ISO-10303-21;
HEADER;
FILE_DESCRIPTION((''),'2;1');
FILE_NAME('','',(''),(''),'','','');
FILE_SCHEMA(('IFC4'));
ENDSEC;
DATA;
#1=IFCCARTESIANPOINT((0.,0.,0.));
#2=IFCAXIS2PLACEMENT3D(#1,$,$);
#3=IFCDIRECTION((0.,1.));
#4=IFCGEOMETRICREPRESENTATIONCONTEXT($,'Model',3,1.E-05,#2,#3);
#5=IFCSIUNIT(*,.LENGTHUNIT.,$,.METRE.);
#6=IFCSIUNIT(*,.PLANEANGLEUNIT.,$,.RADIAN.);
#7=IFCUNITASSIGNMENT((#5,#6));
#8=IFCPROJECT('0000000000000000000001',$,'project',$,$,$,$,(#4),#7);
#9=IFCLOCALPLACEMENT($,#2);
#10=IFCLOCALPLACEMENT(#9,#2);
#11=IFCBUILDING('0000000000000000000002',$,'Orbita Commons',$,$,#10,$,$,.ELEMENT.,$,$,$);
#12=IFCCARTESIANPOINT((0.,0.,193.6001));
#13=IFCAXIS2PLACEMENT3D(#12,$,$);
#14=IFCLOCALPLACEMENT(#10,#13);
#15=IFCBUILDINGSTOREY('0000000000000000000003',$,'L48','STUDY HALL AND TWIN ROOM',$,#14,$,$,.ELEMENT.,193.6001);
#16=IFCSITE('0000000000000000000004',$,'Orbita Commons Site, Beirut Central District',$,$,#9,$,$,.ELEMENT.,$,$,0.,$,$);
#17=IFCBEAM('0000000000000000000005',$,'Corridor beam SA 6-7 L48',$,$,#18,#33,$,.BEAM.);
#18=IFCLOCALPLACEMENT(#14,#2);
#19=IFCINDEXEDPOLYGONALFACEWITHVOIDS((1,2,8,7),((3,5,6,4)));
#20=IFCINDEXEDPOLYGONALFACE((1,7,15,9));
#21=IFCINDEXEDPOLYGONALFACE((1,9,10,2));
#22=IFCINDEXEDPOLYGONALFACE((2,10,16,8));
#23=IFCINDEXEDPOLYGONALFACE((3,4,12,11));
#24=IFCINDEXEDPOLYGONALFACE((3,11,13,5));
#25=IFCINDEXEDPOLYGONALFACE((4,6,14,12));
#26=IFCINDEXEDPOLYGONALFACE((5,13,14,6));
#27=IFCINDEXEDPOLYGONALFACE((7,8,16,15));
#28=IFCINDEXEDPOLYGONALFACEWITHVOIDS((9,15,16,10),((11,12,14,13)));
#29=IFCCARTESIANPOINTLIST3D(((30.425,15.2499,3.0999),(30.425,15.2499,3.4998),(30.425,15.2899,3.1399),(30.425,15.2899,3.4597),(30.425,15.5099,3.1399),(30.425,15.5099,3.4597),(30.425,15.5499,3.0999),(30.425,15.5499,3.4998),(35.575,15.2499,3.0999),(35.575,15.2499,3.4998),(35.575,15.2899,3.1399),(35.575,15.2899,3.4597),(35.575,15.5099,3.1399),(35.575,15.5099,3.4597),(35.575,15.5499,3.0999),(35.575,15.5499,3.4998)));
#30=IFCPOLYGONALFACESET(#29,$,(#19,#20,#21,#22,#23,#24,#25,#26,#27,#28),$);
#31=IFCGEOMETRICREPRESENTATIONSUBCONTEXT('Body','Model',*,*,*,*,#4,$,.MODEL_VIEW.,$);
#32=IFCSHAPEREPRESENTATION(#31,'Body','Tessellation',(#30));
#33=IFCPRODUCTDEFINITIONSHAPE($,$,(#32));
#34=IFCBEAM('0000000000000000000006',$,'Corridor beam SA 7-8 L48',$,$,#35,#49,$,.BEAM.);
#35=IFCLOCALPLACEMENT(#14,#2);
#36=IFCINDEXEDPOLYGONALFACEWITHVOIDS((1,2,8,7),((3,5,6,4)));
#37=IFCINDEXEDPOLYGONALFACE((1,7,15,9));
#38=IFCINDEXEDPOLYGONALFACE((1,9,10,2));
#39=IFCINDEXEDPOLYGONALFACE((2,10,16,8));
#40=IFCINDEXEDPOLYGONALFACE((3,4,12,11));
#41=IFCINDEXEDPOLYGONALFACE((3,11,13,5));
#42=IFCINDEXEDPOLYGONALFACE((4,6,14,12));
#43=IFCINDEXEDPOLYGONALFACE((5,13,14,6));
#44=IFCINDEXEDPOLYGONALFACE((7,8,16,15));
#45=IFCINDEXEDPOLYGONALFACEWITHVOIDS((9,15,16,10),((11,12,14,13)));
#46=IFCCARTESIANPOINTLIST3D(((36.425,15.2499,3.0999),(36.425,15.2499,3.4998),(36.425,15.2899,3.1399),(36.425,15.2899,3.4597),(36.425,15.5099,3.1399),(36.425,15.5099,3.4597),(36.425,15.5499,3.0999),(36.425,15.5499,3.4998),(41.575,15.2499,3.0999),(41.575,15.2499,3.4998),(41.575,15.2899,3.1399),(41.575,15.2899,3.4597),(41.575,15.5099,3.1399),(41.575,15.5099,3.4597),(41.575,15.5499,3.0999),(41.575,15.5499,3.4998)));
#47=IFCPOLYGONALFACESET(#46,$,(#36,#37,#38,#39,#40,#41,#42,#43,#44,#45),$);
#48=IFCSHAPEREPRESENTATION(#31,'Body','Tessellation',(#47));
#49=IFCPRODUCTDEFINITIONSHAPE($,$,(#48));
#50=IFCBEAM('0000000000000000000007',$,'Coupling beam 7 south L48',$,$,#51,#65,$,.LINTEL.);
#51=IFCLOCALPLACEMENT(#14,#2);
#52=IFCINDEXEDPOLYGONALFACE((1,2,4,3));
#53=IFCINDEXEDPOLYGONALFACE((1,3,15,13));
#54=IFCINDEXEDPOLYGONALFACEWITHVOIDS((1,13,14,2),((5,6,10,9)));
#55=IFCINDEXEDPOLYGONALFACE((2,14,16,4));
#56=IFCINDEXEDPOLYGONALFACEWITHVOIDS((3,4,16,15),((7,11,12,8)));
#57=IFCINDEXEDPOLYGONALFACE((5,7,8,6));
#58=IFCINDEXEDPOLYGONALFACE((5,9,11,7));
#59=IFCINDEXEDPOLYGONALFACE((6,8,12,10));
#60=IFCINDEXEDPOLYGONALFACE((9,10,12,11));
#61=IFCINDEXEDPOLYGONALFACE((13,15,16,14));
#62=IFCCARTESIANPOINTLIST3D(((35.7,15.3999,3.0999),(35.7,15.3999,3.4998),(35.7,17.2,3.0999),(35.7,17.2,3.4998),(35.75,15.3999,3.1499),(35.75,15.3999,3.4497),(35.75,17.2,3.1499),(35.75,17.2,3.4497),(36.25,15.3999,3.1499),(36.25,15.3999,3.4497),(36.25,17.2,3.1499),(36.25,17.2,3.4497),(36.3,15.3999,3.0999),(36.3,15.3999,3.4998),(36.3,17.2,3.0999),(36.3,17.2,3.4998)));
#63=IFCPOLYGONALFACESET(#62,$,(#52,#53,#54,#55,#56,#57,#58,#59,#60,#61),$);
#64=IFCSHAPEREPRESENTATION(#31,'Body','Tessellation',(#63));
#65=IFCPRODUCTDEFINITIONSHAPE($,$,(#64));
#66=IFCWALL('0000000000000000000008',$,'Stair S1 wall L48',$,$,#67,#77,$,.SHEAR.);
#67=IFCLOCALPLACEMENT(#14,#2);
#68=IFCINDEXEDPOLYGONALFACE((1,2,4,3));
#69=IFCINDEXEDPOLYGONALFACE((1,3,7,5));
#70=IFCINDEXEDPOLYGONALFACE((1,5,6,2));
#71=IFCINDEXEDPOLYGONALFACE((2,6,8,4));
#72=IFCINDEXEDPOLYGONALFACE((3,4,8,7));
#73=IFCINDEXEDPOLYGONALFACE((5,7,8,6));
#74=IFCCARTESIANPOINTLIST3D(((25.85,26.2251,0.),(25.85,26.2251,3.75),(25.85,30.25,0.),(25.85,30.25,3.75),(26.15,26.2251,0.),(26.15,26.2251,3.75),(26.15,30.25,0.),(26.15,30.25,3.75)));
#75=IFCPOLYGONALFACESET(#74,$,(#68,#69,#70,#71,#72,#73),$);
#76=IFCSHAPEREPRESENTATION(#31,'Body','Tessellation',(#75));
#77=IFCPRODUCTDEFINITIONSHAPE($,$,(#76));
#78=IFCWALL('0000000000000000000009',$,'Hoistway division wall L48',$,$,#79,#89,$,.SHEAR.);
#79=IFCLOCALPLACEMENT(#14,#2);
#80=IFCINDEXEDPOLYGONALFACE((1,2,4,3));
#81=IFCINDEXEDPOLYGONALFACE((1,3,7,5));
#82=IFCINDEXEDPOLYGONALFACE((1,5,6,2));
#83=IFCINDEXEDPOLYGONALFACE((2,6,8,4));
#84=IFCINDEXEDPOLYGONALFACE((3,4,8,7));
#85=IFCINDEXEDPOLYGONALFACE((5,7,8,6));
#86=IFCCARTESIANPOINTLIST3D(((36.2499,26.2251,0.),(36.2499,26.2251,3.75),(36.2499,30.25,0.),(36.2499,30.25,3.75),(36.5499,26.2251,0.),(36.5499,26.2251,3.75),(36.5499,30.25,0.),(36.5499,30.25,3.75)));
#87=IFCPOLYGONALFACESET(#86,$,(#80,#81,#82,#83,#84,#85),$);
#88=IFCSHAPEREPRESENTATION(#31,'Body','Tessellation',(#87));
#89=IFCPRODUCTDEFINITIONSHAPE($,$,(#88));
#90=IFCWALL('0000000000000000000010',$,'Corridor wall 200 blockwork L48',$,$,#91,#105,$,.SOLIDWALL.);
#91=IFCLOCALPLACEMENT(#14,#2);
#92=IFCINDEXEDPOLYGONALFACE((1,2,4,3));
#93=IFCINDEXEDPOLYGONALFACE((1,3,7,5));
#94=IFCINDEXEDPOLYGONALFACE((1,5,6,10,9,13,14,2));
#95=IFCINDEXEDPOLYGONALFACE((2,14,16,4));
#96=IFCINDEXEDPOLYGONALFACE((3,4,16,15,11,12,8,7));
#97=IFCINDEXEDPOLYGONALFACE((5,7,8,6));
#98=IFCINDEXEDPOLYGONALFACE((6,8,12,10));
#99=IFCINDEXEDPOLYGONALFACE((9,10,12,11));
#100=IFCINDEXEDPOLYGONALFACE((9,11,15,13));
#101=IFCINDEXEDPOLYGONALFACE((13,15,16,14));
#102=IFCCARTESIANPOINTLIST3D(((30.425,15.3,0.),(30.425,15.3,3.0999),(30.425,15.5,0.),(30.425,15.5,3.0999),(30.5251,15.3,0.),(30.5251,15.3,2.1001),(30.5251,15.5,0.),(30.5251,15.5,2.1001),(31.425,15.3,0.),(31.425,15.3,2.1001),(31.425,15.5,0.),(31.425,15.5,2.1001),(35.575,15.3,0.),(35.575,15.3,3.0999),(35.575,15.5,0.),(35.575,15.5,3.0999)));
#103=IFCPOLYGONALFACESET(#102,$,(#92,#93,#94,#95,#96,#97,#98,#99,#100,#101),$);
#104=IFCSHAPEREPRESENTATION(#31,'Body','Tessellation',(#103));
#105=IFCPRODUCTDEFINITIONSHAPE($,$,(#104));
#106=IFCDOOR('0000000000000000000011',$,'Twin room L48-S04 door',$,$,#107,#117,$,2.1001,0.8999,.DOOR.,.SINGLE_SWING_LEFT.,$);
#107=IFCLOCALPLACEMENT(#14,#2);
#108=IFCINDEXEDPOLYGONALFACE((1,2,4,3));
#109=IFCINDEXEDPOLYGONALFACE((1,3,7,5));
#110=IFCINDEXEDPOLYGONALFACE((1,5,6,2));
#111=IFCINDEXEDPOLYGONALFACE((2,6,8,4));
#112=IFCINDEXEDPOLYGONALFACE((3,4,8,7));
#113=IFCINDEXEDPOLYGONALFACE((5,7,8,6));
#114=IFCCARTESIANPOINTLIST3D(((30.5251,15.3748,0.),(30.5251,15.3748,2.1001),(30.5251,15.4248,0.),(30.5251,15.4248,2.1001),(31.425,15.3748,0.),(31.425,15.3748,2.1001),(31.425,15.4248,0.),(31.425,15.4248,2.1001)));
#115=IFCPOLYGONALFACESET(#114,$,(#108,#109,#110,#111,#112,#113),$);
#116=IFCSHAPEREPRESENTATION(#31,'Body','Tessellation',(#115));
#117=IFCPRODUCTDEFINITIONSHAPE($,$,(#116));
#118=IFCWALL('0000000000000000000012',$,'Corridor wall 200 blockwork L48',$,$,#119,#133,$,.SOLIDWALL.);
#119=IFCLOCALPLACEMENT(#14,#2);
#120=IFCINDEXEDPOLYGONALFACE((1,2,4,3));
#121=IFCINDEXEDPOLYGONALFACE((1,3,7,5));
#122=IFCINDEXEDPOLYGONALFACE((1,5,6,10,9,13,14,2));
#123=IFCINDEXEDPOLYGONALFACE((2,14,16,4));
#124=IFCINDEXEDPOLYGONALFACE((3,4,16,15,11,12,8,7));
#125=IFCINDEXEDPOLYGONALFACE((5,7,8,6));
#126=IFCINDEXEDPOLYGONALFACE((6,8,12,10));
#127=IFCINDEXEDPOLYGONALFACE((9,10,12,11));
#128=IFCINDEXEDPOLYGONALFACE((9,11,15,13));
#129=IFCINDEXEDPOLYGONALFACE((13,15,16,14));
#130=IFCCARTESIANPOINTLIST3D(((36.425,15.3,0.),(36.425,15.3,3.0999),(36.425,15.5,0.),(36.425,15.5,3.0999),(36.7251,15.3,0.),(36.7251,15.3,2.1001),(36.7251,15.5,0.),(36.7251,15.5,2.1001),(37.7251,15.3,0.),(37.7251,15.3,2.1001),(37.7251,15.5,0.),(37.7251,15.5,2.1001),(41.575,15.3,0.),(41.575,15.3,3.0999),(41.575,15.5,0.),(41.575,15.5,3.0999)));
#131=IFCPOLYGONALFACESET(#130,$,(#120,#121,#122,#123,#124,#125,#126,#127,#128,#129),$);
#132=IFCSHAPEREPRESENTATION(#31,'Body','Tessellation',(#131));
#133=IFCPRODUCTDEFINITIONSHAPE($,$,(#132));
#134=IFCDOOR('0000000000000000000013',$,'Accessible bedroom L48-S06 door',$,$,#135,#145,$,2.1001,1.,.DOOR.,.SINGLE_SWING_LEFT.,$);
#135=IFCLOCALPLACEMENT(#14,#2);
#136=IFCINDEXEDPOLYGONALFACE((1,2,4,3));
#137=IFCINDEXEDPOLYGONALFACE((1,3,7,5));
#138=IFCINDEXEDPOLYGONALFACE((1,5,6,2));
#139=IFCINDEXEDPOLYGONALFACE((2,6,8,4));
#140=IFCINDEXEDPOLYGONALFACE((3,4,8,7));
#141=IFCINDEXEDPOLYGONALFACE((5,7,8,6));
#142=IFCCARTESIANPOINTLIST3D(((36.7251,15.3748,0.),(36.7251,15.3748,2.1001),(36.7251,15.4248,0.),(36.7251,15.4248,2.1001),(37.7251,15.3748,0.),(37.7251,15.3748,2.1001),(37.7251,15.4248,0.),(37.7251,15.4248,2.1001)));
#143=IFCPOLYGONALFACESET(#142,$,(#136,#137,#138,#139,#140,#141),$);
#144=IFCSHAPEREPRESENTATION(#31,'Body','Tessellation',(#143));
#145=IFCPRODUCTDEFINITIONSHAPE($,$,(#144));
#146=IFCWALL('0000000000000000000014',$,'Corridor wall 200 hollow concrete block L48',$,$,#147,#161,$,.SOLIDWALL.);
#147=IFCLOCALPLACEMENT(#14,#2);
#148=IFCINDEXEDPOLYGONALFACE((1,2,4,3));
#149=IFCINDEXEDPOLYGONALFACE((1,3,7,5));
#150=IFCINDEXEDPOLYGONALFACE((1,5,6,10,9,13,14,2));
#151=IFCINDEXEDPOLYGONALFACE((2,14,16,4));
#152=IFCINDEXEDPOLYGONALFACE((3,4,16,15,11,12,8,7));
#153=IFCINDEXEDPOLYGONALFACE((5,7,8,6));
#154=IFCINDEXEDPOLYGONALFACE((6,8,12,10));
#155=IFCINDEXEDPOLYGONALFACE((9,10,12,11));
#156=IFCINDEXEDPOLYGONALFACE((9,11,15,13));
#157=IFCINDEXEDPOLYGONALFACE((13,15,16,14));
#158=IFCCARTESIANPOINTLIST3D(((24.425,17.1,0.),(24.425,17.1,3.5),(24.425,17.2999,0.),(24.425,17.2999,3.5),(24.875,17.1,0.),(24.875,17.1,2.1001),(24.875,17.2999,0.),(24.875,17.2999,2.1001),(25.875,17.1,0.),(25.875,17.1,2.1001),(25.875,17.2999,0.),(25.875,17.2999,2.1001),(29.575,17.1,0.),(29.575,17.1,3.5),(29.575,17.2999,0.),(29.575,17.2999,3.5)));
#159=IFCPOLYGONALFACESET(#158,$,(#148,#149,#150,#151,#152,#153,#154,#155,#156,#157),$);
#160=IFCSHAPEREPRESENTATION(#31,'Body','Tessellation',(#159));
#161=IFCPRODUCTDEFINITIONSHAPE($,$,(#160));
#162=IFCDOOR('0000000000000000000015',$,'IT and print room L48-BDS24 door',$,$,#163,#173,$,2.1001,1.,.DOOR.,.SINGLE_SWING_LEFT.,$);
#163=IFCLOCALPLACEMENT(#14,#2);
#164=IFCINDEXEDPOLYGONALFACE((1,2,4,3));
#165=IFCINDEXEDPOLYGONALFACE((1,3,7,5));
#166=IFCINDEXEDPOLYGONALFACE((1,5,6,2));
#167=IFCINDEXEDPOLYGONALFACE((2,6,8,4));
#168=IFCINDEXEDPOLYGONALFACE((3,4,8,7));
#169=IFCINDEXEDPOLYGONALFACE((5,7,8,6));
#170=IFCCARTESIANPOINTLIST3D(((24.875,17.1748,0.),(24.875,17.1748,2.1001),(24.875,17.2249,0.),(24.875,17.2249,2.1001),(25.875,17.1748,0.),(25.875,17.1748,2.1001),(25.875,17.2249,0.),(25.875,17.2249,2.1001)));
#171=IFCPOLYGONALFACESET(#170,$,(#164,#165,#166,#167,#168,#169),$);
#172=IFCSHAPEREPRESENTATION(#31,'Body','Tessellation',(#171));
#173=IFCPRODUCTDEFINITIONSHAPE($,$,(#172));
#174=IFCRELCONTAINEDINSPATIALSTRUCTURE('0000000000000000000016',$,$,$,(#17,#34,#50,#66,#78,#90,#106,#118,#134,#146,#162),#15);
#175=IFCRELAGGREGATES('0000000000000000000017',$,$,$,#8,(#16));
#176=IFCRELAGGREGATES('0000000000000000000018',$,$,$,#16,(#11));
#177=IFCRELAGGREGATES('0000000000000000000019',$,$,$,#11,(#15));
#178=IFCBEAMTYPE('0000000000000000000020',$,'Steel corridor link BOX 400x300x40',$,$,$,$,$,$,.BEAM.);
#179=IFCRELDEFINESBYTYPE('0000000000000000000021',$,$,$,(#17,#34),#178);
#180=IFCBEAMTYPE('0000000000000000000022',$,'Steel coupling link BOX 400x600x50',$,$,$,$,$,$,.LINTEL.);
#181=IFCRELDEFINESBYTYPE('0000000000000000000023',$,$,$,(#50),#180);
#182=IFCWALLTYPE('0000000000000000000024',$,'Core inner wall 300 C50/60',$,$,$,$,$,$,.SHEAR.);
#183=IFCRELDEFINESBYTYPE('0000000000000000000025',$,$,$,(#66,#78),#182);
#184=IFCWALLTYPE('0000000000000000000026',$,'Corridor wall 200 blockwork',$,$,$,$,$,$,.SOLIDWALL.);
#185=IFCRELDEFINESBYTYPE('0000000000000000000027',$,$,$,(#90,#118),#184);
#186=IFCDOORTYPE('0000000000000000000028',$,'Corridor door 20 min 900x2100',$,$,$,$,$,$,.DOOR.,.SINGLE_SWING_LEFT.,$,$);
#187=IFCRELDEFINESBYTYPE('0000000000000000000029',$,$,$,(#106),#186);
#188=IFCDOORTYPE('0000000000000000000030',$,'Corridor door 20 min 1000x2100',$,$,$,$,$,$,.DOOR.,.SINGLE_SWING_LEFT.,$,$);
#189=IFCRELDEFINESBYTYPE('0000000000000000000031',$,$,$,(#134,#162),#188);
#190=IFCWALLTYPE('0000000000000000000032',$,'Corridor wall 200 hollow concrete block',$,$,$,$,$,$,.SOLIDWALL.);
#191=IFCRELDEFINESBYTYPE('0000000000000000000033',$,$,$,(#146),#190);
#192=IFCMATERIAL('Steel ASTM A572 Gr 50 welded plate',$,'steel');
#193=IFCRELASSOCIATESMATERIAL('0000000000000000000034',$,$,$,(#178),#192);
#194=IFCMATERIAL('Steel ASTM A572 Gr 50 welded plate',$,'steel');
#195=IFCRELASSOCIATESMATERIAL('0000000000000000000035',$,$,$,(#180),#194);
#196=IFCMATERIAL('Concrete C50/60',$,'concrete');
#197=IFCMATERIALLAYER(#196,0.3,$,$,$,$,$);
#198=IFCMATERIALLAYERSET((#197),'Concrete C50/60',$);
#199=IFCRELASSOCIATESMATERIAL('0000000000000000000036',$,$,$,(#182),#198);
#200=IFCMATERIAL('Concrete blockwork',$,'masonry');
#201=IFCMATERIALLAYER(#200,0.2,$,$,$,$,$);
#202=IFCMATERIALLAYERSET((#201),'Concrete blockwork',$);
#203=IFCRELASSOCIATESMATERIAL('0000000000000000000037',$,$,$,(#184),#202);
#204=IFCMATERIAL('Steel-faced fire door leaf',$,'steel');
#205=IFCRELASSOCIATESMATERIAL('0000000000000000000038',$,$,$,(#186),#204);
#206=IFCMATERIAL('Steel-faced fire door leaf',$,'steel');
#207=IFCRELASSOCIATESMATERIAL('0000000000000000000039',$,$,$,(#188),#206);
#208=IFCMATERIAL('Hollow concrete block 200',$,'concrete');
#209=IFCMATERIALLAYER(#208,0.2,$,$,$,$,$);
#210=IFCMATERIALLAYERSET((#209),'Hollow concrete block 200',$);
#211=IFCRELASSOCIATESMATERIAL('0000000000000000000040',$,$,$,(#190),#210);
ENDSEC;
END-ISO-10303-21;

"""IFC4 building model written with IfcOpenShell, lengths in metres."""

from ifc_helpers import new_model, si_unit, direction, frame, frame_2d, origin, origin_2d, place, context, subcontext, project, spatial, polyline, rectangle, hollow_rectangle, outline, extrude, material, layer, layer_set, material_profile, profile_set, type_object, element, fill, save


model = new_model("IFC4")

# Units and contexts
model_context = context("Model", 3, precision=1e-05, world=origin(), true_north=direction((0.0, 1.0)))
body_context = subcontext(model_context, "Body", "Model", "MODEL_VIEW")
ifc_project = project(units=[si_unit("LENGTHUNIT", "METRE"), si_unit("PLANEANGLEUNIT", "RADIAN")], contexts=[model_context])

# Site, building, storey
site_placement = place(None, origin())
site = spatial("IfcSite", under=ifc_project, at=site_placement, Name="Orbita Commons Site, Beirut Central District", CompositionType="ELEMENT", RefElevation=0.0)
building_placement = place(site_placement, origin())
building = spatial("IfcBuilding", under=site, at=building_placement, Name="Orbita Commons", CompositionType="ELEMENT")
storey_placement = place(building_placement, frame((0.0, 0.0, 193.6001)))
storey = spatial("IfcBuildingStorey", under=building, at=storey_placement, Name="L48", Description="STUDY HALL AND TWIN ROOM", CompositionType="ELEMENT", Elevation=193.6001)

# Beams
ifc_material_1 = material(Name="Steel ASTM A572 Gr 50 welded plate", Category="steel")
ifc_material_profile_1 = material_profile(ifc_material_1, hollow_rectangle(XDim=0.3, YDim=0.3999, WallThickness=0.04, at=origin_2d()), Name="BOX 400x300x40")
ifc_profile_set_1 = profile_set([ifc_material_profile_1], Name="Steel ASTM A572 Gr 50 welded plate")
beam_type_1 = type_object("IfcBeamType", Name="Steel corridor link BOX 400x300x40", PredefinedType="BEAM", material=ifc_profile_set_1)
for number, where, z_axis, x_axis, name in (
    (1, (30.425, 15.3999, 3.2998), (1.0, 0.0, 0.0), (0.0, 1.0, 0.0), "Corridor beam SA 6-7 L48"),
    (2, (36.425, 15.3999, 3.2998), (1.0, 0.0, 0.0), (0.0, 1.0, 0.0), "Corridor beam SA 7-8 L48"),
):
    element("IfcBeam", number, at=place(storey_placement, frame(where, z_axis=z_axis, x_axis=x_axis)), inside=storey, type_object=beam_type_1, Name=name, PredefinedType="BEAM", context=body_context, shape_type="SweptSolid", body=[
        extrude(hollow_rectangle(XDim=0.3, YDim=0.3999, WallThickness=0.04, at=origin_2d()), origin(), (0.0, 0.0, 1.0), 5.1499),
    ])
ifc_material_2 = material(Name="Steel ASTM A572 Gr 50 welded plate", Category="steel")
ifc_material_profile_2 = material_profile(ifc_material_2, hollow_rectangle(XDim=0.6001, YDim=0.3999, WallThickness=0.05, at=origin_2d()), Name="BOX 400x600x50")
ifc_profile_set_2 = profile_set([ifc_material_profile_2], Name="Steel ASTM A572 Gr 50 welded plate")
beam_type_2 = type_object("IfcBeamType", Name="Steel coupling link BOX 400x600x50", PredefinedType="LINTEL", material=ifc_profile_set_2)
beam_placement = place(storey_placement, frame((36.0, 15.3999, 3.2998), z_axis=(0.0, 1.0, 0.0), x_axis=(-1.0, 0.0, 0.0)))
element("IfcBeam", 3, at=beam_placement, inside=storey, type_object=beam_type_2, Name="Coupling beam 7 south L48", PredefinedType="LINTEL", context=body_context, shape_type="SweptSolid", body=[
    extrude(hollow_rectangle(XDim=0.6001, YDim=0.3999, WallThickness=0.05, at=origin_2d()), origin(), (0.0, 0.0, 1.0), 1.8),
])

# Walls
ifc_material_3 = material(Name="Concrete C50/60", Category="concrete")
ifc_layer_1 = layer(ifc_material_3, 0.3)
ifc_layer_set_1 = layer_set([ifc_layer_1], Name="Concrete C50/60")
wall_type_1 = type_object("IfcWallType", Name="Core inner wall 300 C50/60", PredefinedType="SHEAR", material=ifc_layer_set_1)
for number, where, z_axis, x_axis, name in (
    (4, (26.0, 26.2251, 0.0), (0.0, 0.0, 1.0), (0.0, 1.0, 0.0), "Stair S1 wall L48"),
    (5, (36.3999, 26.2251, 0.0), (0.0, 0.0, 1.0), (0.0, 1.0, 0.0), "Hoistway division wall L48"),
):
    element("IfcWall", number, at=place(storey_placement, frame(where, z_axis=z_axis, x_axis=x_axis)), inside=storey, type_object=wall_type_1, Name=name, PredefinedType="SHEAR", context=body_context, shape_type="SweptSolid", body=[
        extrude(rectangle(XDim=4.0249, YDim=0.3, at=frame_2d((2.0125, 0.0))), origin(), (0.0, 0.0, 1.0), 3.75),
    ])

# Walls, openings, doors
ifc_material_4 = material(Name="Concrete blockwork", Category="masonry")
ifc_layer_2 = layer(ifc_material_4, 0.2)
ifc_layer_set_2 = layer_set([ifc_layer_2], Name="Concrete blockwork")
wall_type_2 = type_object("IfcWallType", Name="Corridor wall 200 blockwork", PredefinedType="SOLIDWALL", material=ifc_layer_set_2)
wall_1_placement = place(storey_placement, frame((30.425, 15.3999, 0.0), z_axis=(0.0, 0.0, 1.0), x_axis=(1.0, 0.0, 0.0)))
wall_1 = element("IfcWall", 6, at=wall_1_placement, inside=storey, type_object=wall_type_2, Name="Corridor wall 200 blockwork L48", PredefinedType="SOLIDWALL", context=body_context, shape_type="SweptSolid", body=[
    extrude(outline(polyline([(0.0, 0.0), (5.1499, 0.0), (5.1499, 3.0999), (0.0, 3.0999), (0.0, 0.0)])), frame((0.0, 0.1001, 0.0), z_axis=(0.0, -1.0, 0.0), x_axis=(1.0, 0.0, 0.0)), (0.0, 0.0, 1.0), 0.2),
])
opening_1_placement = place(wall_1_placement, frame((0.1001, 0.0, 0.0)))
opening_1 = element("IfcOpeningElement", 7, at=opening_1_placement, cuts=wall_1, PredefinedType="OPENING", context=body_context, shape_type="SweptSolid", body=[
    extrude(rectangle(XDim=0.8999, YDim=2.1001, at=frame_2d((0.45, 1.05))), frame((0.0, 0.1099, 0.0), z_axis=(0.0, -1.0, 0.0), x_axis=(1.0, 0.0, 0.0)), (0.0, 0.0, 1.0), 0.22),
])
ifc_material_5 = material(Name="Steel-faced fire door leaf", Category="steel")
door_type_1 = type_object("IfcDoorType", Name="Corridor door 20 min 900x2100", OperationType="SINGLE_SWING_LEFT", PredefinedType="DOOR", material=ifc_material_5)
door_1_placement = place(opening_1_placement, origin())
door_1 = element("IfcDoor", 8, at=door_1_placement, inside=storey, type_object=door_type_1, Name="Twin room L48-S04 door", OperationType="SINGLE_SWING_LEFT", OverallHeight=2.1001, OverallWidth=0.8999, PredefinedType="DOOR", context=body_context, shape_type="SweptSolid", body=[
    extrude(rectangle(XDim=0.8999, YDim=2.1001, at=frame_2d((0.45, 1.05))), frame((0.0, 0.0249, 0.0), z_axis=(0.0, -1.0, 0.0), x_axis=(1.0, 0.0, 0.0)), (0.0, 0.0, 1.0), 0.05),
])
fill(opening_1, door_1)
wall_2_placement = place(storey_placement, frame((36.425, 15.3999, 0.0), z_axis=(0.0, 0.0, 1.0), x_axis=(1.0, 0.0, 0.0)))
wall_2 = element("IfcWall", 9, at=wall_2_placement, inside=storey, type_object=wall_type_2, Name="Corridor wall 200 blockwork L48", PredefinedType="SOLIDWALL", context=body_context, shape_type="SweptSolid", body=[
    extrude(outline(polyline([(0.0, 0.0), (5.1499, 0.0), (5.1499, 3.0999), (0.0, 3.0999), (0.0, 0.0)])), frame((0.0, 0.1001, 0.0), z_axis=(0.0, -1.0, 0.0), x_axis=(1.0, 0.0, 0.0)), (0.0, 0.0, 1.0), 0.2),
])
opening_2_placement = place(wall_2_placement, frame((0.3, 0.0, 0.0)))
opening_2 = element("IfcOpeningElement", 10, at=opening_2_placement, cuts=wall_2, PredefinedType="OPENING", context=body_context, shape_type="SweptSolid", body=[
    extrude(rectangle(XDim=1.0, YDim=2.1001, at=frame_2d((0.5, 1.05))), frame((0.0, 0.1099, 0.0), z_axis=(0.0, -1.0, 0.0), x_axis=(1.0, 0.0, 0.0)), (0.0, 0.0, 1.0), 0.22),
])
ifc_material_6 = material(Name="Steel-faced fire door leaf", Category="steel")
door_type_2 = type_object("IfcDoorType", Name="Corridor door 20 min 1000x2100", OperationType="SINGLE_SWING_LEFT", PredefinedType="DOOR", material=ifc_material_6)
door_2_placement = place(opening_2_placement, origin())
door_2 = element("IfcDoor", 11, at=door_2_placement, inside=storey, type_object=door_type_2, Name="Accessible bedroom L48-S06 door", OperationType="SINGLE_SWING_LEFT", OverallHeight=2.1001, OverallWidth=1.0, PredefinedType="DOOR", context=body_context, shape_type="SweptSolid", body=[
    extrude(rectangle(XDim=1.0, YDim=2.1001, at=frame_2d((0.5, 1.05))), frame((0.0, 0.0249, 0.0), z_axis=(0.0, -1.0, 0.0), x_axis=(1.0, 0.0, 0.0)), (0.0, 0.0, 1.0), 0.05),
])
fill(opening_2, door_2)
ifc_material_7 = material(Name="Hollow concrete block 200", Category="concrete")
ifc_layer_3 = layer(ifc_material_7, 0.2)
ifc_layer_set_3 = layer_set([ifc_layer_3], Name="Hollow concrete block 200")
wall_type_3 = type_object("IfcWallType", Name="Corridor wall 200 hollow concrete block", PredefinedType="SOLIDWALL", material=ifc_layer_set_3)
wall_3_placement = place(storey_placement, frame((24.425, 17.2, 0.0), z_axis=(0.0, 0.0, 1.0), x_axis=(1.0, 0.0, 0.0)))
wall_3 = element("IfcWall", 12, at=wall_3_placement, inside=storey, type_object=wall_type_3, Name="Corridor wall 200 hollow concrete block L48", PredefinedType="SOLIDWALL", context=body_context, shape_type="SweptSolid", body=[
    extrude(rectangle(XDim=5.1499, YDim=0.2, at=frame_2d((2.575, 0.0))), origin(), (0.0, 0.0, 1.0), 3.5),
])
opening_3_placement = place(wall_3_placement, frame((0.45, 0.0, 0.0)))
opening_3 = element("IfcOpeningElement", 13, at=opening_3_placement, cuts=wall_3, PredefinedType="OPENING", context=body_context, shape_type="SweptSolid", body=[
    extrude(rectangle(XDim=1.0, YDim=2.1001, at=frame_2d((0.5, 1.05))), frame((0.0, 0.1099, 0.0), z_axis=(0.0, -1.0, 0.0), x_axis=(1.0, 0.0, 0.0)), (0.0, 0.0, 1.0), 0.22),
])
door_3_placement = place(opening_3_placement, origin())
door_3 = element("IfcDoor", 14, at=door_3_placement, inside=storey, type_object=door_type_2, Name="IT and print room L48-BDS24 door", OperationType="SINGLE_SWING_LEFT", OverallHeight=2.1001, OverallWidth=1.0, PredefinedType="DOOR", context=body_context, shape_type="SweptSolid", body=[
    extrude(rectangle(XDim=1.0, YDim=2.1001, at=frame_2d((0.5, 1.05))), frame((0.0, 0.0249, 0.0), z_axis=(0.0, -1.0, 0.0), x_axis=(1.0, 0.0, 0.0)), (0.0, 0.0, 1.0), 0.05),
])
fill(opening_3, door_3)

save(model, "model.ifc")
